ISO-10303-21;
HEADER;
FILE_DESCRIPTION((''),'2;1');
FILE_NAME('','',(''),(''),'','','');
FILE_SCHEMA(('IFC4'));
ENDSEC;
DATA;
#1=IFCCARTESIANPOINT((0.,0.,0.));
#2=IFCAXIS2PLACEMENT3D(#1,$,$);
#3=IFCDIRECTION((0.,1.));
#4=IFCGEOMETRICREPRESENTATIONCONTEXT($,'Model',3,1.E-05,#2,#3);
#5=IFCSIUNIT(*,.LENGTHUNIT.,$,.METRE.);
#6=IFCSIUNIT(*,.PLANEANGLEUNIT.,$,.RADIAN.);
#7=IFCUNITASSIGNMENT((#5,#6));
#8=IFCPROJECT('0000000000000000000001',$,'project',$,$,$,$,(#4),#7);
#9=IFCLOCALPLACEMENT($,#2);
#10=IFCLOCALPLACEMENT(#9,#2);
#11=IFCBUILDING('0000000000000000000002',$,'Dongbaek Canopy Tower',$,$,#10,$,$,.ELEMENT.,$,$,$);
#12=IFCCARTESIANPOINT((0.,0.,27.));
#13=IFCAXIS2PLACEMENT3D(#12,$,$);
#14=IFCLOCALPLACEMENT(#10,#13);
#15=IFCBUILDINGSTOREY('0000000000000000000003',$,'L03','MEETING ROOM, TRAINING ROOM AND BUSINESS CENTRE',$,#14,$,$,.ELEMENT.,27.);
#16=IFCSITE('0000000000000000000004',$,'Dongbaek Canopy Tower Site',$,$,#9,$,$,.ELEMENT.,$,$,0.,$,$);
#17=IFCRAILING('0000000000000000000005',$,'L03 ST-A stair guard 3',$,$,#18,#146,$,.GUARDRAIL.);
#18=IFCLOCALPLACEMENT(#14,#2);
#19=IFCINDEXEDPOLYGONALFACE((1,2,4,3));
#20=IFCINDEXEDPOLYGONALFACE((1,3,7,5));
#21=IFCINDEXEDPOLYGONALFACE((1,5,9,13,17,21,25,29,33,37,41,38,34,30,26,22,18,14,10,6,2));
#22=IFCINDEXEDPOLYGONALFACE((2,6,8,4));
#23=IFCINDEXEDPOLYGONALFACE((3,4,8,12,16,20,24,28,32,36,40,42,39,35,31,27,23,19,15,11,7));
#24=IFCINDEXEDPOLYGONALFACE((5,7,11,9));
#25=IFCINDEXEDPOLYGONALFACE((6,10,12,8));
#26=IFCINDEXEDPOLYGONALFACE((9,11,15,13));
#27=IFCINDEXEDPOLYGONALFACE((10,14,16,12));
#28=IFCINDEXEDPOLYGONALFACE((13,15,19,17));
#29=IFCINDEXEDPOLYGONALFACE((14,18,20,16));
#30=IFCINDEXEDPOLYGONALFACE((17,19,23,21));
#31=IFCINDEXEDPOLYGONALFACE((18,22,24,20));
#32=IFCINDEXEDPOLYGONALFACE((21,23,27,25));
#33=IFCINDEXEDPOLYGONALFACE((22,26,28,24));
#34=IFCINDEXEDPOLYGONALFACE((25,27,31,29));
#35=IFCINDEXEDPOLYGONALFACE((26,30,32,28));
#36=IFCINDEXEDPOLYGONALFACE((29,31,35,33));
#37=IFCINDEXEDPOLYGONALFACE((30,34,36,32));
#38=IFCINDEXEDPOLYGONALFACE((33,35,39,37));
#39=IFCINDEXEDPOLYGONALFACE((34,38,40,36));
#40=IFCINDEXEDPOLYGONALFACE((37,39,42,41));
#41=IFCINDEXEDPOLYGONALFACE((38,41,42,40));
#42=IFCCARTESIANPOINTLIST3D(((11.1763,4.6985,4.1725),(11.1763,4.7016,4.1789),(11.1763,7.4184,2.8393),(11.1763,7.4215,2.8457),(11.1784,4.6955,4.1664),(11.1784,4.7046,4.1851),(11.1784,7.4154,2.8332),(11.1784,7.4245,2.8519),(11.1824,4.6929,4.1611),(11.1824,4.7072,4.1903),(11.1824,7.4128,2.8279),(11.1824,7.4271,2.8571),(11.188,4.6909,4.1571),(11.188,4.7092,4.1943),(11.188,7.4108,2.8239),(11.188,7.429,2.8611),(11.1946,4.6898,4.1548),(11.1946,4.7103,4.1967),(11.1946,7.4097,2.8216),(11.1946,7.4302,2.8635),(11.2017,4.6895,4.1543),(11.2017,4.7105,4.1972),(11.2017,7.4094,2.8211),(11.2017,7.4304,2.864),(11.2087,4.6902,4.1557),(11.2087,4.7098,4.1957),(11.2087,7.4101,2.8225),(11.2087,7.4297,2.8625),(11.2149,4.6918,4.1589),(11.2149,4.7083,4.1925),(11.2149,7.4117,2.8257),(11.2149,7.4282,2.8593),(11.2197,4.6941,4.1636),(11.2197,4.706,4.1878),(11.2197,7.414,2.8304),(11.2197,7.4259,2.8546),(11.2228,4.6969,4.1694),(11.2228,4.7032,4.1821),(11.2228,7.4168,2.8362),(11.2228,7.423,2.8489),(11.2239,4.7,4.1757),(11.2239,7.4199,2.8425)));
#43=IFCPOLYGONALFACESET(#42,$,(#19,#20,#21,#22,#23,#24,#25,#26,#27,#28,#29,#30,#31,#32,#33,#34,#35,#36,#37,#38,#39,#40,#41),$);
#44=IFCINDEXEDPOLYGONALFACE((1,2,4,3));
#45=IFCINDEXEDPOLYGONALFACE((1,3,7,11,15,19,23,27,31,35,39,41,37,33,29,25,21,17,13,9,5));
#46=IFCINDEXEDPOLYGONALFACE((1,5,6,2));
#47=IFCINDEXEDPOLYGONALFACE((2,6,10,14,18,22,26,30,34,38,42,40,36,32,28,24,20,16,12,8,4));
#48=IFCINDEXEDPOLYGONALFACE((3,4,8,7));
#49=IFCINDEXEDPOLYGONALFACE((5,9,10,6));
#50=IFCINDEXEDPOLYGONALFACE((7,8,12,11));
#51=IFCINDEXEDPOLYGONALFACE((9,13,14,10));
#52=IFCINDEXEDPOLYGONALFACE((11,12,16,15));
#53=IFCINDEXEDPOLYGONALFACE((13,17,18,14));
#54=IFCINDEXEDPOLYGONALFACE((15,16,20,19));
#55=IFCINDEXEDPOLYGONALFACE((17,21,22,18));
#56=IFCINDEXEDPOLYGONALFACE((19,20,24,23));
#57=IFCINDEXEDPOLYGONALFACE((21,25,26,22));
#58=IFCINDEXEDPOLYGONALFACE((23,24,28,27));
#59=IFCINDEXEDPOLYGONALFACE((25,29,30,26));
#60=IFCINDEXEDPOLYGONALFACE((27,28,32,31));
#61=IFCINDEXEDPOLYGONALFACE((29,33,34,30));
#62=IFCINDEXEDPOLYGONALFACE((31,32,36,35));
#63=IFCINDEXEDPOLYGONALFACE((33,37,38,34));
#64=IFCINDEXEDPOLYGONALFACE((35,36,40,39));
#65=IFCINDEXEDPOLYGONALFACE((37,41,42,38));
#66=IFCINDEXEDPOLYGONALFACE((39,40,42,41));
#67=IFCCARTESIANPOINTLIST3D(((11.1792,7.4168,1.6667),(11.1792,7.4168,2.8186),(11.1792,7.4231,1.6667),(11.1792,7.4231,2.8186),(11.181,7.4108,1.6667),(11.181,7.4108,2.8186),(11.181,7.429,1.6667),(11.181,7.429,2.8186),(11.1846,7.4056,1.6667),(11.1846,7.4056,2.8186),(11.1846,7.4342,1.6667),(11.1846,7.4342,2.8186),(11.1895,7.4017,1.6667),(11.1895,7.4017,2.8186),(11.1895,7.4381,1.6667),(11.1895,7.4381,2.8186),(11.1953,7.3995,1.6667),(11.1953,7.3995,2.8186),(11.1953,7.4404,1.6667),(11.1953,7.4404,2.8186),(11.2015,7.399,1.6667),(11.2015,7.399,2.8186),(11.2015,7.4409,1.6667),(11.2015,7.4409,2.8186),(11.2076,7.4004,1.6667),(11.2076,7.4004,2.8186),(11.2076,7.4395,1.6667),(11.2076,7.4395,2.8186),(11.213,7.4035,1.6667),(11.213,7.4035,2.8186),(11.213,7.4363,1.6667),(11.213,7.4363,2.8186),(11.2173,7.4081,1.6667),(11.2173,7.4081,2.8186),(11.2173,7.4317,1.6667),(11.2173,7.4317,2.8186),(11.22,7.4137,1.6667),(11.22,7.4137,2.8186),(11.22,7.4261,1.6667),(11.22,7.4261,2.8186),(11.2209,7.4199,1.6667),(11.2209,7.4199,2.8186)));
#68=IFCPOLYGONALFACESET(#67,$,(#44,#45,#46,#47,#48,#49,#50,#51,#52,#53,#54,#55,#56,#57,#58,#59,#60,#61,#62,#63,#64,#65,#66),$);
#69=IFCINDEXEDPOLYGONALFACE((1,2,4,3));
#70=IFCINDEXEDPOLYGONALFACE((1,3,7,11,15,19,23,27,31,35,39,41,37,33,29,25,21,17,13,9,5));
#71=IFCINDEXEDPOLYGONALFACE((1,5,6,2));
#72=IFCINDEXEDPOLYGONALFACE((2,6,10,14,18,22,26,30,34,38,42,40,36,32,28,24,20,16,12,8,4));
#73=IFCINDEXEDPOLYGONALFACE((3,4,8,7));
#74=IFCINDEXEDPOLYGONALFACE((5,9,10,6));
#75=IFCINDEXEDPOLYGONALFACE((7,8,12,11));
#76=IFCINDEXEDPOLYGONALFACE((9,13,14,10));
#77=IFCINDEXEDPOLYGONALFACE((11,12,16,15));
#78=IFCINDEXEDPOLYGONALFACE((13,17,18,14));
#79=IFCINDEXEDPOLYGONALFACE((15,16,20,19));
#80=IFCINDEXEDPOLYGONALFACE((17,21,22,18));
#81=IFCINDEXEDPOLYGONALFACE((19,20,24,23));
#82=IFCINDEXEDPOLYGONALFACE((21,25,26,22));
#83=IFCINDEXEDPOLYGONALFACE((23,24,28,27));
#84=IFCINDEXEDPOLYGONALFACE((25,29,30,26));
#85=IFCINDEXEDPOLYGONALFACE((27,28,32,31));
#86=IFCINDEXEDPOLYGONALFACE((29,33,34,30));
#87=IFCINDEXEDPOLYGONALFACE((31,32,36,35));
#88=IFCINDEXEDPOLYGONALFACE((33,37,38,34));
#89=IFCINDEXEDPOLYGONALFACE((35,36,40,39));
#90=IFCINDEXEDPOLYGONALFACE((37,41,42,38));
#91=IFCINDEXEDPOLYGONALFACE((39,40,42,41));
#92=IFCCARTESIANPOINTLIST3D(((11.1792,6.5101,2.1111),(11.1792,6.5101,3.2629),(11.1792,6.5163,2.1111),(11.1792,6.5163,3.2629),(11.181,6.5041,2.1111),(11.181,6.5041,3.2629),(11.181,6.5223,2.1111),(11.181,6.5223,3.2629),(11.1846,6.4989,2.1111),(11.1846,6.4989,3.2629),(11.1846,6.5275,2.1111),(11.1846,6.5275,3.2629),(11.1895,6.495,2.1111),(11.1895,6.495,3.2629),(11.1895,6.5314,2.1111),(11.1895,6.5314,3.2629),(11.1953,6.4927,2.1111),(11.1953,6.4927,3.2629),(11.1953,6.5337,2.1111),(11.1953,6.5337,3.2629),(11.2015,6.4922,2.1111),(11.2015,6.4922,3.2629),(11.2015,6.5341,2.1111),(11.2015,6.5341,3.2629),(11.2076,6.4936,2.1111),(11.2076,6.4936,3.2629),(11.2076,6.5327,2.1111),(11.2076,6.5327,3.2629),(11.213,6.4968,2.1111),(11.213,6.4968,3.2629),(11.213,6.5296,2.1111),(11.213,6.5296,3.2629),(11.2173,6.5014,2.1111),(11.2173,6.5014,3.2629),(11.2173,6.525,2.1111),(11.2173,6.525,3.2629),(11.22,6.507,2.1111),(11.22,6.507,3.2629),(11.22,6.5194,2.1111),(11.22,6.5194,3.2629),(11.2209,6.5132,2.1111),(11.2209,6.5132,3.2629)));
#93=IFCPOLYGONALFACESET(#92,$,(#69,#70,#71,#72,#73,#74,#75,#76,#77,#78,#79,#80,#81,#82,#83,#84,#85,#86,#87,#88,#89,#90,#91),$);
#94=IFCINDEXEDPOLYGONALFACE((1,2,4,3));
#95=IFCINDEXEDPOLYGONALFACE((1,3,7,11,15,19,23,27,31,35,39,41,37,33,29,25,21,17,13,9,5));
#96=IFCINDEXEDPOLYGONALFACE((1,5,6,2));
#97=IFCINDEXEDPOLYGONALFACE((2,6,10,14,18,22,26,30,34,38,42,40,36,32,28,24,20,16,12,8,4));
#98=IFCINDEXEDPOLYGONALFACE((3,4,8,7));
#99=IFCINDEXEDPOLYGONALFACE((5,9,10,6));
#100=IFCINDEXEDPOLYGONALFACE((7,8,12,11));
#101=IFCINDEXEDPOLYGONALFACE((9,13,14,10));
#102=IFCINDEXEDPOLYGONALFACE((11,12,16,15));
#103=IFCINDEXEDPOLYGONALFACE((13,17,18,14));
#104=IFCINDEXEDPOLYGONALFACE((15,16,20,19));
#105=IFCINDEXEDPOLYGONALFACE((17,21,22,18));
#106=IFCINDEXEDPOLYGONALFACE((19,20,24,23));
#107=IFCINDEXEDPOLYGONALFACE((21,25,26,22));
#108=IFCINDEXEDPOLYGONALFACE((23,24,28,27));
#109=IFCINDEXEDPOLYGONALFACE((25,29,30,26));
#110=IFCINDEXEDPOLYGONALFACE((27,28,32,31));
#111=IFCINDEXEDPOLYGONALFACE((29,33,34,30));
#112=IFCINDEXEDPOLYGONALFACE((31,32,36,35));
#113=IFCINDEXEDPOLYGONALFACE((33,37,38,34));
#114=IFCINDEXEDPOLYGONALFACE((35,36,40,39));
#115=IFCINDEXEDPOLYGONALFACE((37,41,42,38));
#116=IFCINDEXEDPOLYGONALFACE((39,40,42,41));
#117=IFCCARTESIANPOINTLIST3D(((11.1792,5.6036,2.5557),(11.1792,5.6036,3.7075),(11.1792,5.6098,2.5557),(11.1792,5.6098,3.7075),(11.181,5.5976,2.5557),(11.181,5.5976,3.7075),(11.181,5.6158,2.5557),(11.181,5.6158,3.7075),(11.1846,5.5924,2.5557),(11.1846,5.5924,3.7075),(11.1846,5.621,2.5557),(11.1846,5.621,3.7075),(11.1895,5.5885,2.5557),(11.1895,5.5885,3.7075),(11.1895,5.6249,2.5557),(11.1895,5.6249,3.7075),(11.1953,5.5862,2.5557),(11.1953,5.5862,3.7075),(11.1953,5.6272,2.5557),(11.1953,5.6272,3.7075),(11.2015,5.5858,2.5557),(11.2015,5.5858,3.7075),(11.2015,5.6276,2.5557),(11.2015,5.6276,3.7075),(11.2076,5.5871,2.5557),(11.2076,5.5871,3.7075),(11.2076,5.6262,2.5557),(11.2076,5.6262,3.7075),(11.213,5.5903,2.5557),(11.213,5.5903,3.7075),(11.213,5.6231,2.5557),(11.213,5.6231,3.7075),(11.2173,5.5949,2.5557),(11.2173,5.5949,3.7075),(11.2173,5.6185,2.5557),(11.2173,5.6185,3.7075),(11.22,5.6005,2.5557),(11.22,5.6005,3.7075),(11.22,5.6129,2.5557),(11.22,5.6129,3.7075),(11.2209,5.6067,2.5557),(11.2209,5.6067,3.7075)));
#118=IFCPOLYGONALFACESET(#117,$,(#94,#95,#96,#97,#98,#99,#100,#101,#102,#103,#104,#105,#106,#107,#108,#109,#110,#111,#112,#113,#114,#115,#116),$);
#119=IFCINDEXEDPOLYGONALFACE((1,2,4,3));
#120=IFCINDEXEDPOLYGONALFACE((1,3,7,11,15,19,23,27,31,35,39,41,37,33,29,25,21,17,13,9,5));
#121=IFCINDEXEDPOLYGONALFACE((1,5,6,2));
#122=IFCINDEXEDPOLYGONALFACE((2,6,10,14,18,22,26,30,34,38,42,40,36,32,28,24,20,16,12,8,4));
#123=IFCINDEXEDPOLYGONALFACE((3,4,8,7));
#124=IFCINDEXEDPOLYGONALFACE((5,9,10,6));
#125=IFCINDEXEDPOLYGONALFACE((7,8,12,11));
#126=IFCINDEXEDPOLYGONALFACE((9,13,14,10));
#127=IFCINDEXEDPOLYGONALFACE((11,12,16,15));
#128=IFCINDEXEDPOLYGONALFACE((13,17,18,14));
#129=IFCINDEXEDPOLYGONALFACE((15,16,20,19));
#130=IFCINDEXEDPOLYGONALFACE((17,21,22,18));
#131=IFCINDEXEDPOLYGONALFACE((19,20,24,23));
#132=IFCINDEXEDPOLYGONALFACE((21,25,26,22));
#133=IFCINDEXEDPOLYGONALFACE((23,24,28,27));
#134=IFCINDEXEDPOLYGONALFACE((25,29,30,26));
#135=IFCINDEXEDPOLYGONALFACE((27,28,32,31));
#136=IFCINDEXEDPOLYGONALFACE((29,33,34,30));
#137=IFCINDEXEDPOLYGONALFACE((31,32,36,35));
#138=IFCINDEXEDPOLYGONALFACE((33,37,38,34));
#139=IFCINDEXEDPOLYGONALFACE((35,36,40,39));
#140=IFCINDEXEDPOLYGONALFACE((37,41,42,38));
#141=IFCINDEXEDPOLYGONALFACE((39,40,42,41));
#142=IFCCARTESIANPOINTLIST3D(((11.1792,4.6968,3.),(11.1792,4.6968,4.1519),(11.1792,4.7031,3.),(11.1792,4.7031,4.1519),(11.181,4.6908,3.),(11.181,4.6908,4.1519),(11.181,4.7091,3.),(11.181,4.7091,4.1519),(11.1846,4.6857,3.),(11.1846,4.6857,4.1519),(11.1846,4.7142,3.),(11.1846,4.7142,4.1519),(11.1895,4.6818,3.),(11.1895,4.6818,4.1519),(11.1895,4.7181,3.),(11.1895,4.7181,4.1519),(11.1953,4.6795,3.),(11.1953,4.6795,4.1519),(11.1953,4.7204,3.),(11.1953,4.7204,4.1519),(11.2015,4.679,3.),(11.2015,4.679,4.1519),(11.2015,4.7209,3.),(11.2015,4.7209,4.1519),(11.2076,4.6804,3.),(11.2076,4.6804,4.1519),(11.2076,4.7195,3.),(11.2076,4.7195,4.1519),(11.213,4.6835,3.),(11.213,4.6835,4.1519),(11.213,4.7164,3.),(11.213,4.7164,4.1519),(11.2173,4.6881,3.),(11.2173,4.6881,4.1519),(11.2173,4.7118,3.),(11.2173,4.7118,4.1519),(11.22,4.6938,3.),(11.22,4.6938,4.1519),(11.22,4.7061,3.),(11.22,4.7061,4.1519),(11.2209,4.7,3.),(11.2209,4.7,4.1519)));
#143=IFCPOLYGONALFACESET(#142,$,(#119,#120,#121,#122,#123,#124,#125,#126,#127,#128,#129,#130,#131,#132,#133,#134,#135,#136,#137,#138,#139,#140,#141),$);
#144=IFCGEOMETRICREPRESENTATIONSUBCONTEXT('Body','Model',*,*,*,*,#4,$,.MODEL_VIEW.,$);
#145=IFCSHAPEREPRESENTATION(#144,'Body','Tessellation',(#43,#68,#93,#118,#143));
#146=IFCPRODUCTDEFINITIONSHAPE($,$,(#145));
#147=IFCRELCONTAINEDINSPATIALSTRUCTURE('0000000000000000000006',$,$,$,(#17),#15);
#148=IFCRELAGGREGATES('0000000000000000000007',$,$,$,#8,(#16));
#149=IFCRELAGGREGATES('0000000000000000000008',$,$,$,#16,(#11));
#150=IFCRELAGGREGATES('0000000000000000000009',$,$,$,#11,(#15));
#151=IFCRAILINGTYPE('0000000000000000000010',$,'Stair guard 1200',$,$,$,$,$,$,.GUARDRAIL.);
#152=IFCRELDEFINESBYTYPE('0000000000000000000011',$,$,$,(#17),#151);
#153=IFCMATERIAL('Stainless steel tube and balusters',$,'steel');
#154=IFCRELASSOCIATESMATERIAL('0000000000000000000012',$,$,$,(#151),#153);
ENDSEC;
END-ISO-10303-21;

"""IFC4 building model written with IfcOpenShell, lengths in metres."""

from ifc_helpers import new_model, si_unit, direction, frame, origin, origin_2d, place, context, subcontext, project, spatial, circle, extrude, material, type_object, element, save


model = new_model("IFC4")

# Units and contexts
model_context = context("Model", 3, precision=1e-05, world=origin(), true_north=direction((0.0, 1.0)))
body_context = subcontext(model_context, "Body", "Model", "MODEL_VIEW")
ifc_project = project(units=[si_unit("LENGTHUNIT", "METRE"), si_unit("PLANEANGLEUNIT", "RADIAN")], contexts=[model_context])

# Site, building, storey
site_placement = place(None, origin())
site = spatial("IfcSite", under=ifc_project, at=site_placement, Name="Dongbaek Canopy Tower Site", CompositionType="ELEMENT", RefElevation=0.0)
building_placement = place(site_placement, origin())
building = spatial("IfcBuilding", under=site, at=building_placement, Name="Dongbaek Canopy Tower", CompositionType="ELEMENT")
storey_placement = place(building_placement, frame((0.0, 0.0, 27.0)))
storey = spatial("IfcBuildingStorey", under=building, at=storey_placement, Name="L03", Description="MEETING ROOM, TRAINING ROOM AND BUSINESS CENTRE", CompositionType="ELEMENT", Elevation=27.0)

# Railing
ifc_material_1 = material(Name="Stainless steel tube and balusters", Category="steel")
railing_type_1 = type_object("IfcRailingType", Name="Stair guard 1200", PredefinedType="GUARDRAIL", material=ifc_material_1)
railing_1_placement = place(storey_placement, frame((11.2, 7.4199, 1.6667)))
element("IfcRailing", 1, at=railing_1_placement, inside=storey, type_object=railing_type_1, Name="L03 ST-A stair guard 3", PredefinedType="GUARDRAIL", context=body_context, shape_type="SweptSolid", body=[
    extrude(circle(Radius=0.0239, at=origin_2d()), frame((0.0, 0.0, 1.1758), z_axis=(0.0, -0.897929, 0.440139), x_axis=(1.0, 0.0, 0.0)), (0.0, 0.0, 1.0), 3.0291),
    extrude(circle(Radius=0.021, at=origin_2d()), origin(), (0.0, 0.0, 1.0), 1.1519),
    extrude(circle(Radius=0.021, at=origin_2d()), frame((0.0, -0.9067, 0.4443)), (0.0, 0.0, 1.0), 1.1519),
    extrude(circle(Radius=0.021, at=origin_2d()), frame((0.0, -1.8132, 0.8889)), (0.0, 0.0, 1.0), 1.1519),
    extrude(circle(Radius=0.021, at=origin_2d()), frame((0.0, -2.72, 1.3333)), (0.0, 0.0, 1.0), 1.1519),
])

save(model, "model.ifc")
